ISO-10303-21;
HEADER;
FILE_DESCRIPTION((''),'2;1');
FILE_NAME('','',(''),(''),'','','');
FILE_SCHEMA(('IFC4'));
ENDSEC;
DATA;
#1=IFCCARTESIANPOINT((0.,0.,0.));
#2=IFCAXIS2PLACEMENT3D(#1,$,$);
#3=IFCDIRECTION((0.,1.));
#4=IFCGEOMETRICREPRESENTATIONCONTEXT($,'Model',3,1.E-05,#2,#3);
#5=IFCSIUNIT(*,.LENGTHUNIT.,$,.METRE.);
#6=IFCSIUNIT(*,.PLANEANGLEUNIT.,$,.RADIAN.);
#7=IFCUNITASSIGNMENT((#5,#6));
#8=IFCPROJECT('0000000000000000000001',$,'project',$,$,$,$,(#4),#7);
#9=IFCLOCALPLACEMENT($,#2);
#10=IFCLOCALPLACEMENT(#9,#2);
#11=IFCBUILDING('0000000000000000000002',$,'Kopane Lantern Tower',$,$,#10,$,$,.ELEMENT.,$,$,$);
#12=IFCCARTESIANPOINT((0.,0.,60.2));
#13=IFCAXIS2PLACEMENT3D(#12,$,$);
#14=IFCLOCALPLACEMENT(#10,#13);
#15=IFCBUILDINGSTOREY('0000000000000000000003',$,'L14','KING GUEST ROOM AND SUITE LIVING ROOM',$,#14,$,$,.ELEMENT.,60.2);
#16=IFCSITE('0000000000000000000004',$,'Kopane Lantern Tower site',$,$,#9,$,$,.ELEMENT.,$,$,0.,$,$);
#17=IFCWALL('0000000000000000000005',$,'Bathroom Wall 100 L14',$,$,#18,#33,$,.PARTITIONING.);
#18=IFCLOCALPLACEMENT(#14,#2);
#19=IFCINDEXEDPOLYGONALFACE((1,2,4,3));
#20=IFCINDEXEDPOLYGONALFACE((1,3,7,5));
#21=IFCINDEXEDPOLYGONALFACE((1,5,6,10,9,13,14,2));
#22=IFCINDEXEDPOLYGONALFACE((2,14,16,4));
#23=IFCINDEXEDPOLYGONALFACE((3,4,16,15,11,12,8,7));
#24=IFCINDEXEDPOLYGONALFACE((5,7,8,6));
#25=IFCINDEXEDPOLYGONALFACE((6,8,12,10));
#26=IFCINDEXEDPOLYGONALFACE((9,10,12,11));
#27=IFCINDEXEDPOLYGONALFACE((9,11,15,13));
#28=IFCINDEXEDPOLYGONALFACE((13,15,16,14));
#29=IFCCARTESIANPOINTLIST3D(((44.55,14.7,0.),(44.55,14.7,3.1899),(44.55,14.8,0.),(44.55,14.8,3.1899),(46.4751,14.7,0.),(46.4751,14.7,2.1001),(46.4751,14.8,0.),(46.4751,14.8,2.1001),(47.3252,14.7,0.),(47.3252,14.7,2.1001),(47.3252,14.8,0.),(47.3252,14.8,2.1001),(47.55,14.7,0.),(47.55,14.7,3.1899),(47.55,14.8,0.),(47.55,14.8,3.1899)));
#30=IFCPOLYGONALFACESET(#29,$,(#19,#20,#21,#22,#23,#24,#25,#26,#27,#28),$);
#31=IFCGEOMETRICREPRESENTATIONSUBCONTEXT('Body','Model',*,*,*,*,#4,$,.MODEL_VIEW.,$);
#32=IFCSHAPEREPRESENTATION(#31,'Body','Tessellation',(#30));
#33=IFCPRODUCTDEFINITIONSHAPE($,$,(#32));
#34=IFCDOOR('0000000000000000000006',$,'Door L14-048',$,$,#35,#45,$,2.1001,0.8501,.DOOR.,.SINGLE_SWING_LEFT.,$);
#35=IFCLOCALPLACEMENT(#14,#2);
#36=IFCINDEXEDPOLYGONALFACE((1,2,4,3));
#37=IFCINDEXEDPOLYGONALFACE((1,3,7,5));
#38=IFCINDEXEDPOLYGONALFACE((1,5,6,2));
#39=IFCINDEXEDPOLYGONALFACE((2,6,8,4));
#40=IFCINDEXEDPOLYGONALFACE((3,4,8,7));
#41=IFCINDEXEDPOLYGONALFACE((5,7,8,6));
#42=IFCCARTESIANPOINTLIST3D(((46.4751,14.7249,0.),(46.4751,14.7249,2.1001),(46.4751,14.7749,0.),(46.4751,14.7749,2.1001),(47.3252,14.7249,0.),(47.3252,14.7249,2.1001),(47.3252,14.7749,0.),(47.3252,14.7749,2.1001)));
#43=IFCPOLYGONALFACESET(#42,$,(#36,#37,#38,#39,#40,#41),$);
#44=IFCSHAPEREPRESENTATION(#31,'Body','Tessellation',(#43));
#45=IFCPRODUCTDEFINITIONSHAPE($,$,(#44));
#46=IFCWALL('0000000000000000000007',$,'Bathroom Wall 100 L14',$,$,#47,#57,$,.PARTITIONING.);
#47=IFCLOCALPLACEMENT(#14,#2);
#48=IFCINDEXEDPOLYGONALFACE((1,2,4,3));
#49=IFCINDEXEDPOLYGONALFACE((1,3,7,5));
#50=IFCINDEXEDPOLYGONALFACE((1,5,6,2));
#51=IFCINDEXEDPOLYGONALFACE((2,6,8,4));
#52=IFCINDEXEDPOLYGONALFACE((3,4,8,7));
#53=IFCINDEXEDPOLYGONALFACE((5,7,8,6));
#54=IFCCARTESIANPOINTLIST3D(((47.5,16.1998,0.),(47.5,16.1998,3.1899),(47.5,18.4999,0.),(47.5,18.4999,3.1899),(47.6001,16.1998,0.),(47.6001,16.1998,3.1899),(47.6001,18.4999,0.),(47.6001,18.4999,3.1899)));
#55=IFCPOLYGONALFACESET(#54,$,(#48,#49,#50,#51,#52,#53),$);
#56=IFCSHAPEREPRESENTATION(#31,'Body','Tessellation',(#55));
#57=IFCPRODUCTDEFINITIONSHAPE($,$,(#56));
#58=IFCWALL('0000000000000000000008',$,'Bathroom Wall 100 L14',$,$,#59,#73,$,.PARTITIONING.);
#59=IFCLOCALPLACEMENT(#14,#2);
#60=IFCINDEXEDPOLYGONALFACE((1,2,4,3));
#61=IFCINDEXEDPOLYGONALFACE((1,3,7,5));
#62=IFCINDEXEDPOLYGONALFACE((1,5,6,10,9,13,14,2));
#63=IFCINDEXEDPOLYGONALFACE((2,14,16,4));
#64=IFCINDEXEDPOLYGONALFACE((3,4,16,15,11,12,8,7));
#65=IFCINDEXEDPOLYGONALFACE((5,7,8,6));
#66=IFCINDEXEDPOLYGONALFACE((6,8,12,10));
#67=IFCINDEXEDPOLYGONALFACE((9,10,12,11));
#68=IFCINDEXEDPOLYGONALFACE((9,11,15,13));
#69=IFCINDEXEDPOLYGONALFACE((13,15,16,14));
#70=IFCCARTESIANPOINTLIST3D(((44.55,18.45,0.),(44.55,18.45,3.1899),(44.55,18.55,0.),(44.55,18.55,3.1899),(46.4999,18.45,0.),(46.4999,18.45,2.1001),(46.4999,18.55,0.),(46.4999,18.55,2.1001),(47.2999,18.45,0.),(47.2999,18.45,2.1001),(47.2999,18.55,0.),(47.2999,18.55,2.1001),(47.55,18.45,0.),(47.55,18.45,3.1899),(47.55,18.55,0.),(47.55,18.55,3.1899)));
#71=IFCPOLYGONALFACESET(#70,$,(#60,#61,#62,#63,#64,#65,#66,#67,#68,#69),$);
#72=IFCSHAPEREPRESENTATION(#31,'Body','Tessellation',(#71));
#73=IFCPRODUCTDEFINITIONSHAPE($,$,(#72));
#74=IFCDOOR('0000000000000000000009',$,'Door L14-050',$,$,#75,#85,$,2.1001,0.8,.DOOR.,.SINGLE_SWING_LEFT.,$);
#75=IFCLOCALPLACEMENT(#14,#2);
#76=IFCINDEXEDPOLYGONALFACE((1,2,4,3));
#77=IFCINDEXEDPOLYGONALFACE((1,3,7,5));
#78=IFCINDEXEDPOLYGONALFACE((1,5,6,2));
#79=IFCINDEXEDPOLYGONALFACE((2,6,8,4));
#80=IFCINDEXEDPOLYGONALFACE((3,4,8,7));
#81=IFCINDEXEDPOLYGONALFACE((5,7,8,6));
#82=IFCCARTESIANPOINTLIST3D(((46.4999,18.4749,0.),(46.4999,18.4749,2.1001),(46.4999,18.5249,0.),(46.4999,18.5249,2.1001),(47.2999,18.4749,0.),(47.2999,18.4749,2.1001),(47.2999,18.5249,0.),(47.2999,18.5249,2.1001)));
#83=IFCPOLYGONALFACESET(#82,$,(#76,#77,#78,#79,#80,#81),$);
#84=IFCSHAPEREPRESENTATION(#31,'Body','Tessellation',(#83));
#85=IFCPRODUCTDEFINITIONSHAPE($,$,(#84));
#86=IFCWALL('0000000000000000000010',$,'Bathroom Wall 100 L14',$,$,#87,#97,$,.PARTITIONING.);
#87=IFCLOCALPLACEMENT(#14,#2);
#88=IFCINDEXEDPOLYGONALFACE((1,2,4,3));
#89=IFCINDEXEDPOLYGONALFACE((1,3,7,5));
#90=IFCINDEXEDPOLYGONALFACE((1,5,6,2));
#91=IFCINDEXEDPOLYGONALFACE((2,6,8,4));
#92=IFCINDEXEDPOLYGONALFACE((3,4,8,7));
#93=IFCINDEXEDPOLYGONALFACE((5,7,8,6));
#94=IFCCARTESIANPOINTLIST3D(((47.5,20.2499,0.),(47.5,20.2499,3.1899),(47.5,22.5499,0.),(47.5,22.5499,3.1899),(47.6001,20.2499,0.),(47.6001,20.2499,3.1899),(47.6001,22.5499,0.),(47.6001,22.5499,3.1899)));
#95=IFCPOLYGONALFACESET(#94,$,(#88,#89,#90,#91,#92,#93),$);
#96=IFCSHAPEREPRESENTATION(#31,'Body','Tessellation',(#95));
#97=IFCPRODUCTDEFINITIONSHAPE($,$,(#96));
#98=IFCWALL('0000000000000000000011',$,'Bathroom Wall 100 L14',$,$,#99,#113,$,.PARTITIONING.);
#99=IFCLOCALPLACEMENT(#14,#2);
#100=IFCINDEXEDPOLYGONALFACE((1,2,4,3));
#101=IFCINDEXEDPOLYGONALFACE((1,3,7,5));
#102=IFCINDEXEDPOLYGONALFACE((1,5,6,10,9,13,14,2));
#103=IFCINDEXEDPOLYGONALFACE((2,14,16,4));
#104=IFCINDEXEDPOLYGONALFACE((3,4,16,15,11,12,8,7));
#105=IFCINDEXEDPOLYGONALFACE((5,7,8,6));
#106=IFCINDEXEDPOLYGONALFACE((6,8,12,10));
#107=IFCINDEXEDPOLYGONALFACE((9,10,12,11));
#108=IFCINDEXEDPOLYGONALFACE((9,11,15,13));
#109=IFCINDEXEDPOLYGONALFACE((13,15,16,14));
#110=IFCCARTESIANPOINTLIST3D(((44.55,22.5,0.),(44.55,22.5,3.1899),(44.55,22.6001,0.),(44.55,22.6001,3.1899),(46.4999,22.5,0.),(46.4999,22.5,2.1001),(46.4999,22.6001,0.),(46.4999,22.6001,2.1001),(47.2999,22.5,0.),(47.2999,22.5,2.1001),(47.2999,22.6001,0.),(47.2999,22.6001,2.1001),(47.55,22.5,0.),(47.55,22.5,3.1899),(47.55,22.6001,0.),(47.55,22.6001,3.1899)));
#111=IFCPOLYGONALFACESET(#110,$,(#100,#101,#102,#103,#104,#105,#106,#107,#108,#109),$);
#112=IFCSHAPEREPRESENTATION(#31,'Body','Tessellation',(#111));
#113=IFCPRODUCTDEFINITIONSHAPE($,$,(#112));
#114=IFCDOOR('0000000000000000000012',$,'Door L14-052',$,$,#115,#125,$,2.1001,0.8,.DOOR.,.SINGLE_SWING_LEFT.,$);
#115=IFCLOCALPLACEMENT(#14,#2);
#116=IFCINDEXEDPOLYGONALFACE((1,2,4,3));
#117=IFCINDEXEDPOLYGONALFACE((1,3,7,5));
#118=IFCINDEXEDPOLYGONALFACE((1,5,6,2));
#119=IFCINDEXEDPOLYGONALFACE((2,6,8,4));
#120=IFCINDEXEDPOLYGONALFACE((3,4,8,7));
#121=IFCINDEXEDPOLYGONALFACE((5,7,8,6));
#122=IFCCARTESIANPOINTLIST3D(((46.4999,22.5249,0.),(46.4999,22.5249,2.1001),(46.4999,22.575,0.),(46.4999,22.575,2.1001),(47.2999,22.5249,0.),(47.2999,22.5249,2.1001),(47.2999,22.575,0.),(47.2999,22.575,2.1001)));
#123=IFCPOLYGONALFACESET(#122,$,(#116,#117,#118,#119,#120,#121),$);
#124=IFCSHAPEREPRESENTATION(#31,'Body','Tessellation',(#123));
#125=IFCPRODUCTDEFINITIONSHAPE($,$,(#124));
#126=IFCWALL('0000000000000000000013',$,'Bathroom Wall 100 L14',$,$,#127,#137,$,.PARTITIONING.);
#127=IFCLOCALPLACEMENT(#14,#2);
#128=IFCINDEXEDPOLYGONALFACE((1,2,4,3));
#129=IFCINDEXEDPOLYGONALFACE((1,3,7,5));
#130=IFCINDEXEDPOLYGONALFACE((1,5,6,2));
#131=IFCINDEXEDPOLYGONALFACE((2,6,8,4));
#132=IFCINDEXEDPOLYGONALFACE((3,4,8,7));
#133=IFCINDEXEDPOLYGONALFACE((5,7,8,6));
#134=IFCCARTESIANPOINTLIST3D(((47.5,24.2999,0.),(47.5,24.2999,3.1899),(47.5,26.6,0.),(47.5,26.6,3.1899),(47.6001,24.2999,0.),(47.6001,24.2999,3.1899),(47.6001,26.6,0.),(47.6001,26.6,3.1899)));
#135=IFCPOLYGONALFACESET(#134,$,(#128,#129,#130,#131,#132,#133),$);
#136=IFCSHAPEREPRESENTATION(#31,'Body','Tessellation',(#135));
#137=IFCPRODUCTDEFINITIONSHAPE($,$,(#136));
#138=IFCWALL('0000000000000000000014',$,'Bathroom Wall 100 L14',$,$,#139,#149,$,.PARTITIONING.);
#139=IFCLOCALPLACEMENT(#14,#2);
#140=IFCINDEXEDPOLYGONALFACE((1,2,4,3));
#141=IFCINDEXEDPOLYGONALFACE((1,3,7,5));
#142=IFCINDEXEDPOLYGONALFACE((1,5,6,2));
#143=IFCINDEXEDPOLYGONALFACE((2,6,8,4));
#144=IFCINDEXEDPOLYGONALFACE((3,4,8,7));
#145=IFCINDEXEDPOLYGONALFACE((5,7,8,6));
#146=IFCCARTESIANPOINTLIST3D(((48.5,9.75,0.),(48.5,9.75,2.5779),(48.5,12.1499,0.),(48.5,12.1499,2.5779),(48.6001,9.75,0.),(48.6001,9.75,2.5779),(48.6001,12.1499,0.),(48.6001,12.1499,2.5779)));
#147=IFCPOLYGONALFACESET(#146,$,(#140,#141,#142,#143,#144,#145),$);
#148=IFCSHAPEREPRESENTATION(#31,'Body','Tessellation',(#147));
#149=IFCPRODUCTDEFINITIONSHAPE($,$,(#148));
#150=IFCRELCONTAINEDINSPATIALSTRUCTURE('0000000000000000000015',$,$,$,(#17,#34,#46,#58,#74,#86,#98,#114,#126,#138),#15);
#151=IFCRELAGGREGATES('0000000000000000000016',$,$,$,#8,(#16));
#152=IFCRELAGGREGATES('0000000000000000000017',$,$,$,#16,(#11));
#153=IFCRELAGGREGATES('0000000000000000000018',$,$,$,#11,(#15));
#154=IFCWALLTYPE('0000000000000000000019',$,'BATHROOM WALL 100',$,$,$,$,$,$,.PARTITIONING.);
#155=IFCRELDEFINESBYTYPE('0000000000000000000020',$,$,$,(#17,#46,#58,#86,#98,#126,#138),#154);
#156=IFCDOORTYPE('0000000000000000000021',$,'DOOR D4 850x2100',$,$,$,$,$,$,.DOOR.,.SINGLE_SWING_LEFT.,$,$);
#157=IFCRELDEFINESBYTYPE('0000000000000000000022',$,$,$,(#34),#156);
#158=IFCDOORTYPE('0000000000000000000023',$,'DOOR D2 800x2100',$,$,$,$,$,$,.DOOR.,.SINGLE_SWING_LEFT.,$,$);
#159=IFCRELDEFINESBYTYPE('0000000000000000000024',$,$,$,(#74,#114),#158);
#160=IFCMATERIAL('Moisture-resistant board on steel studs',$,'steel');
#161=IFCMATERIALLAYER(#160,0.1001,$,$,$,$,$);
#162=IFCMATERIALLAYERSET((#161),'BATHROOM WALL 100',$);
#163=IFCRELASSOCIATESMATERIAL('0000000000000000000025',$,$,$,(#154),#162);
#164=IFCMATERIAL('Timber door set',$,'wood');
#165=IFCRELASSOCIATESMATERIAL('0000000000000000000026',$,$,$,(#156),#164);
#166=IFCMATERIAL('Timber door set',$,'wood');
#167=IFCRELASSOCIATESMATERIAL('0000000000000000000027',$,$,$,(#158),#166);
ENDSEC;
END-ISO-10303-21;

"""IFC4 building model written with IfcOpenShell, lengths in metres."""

from ifc_helpers import new_model, si_unit, direction, frame, frame_2d, origin, place, context, subcontext, project, spatial, rectangle, extrude, material, layer, layer_set, type_object, element, fill, save


model = new_model("IFC4")

# Units and contexts
model_context = context("Model", 3, precision=1e-05, world=origin(), true_north=direction((0.0, 1.0)))
body_context = subcontext(model_context, "Body", "Model", "MODEL_VIEW")
ifc_project = project(units=[si_unit("LENGTHUNIT", "METRE"), si_unit("PLANEANGLEUNIT", "RADIAN")], contexts=[model_context])

# Site, building, storey
site_placement = place(None, origin())
site = spatial("IfcSite", under=ifc_project, at=site_placement, Name="Kopane Lantern Tower site", CompositionType="ELEMENT", RefElevation=0.0)
building_placement = place(site_placement, origin())
building = spatial("IfcBuilding", under=site, at=building_placement, Name="Kopane Lantern Tower", CompositionType="ELEMENT")
storey_placement = place(building_placement, frame((0.0, 0.0, 60.2)))
storey = spatial("IfcBuildingStorey", under=building, at=storey_placement, Name="L14", Description="KING GUEST ROOM AND SUITE LIVING ROOM", CompositionType="ELEMENT", Elevation=60.2)

# Wall, opening, door
ifc_material_1 = material(Name="Moisture-resistant board on steel studs", Category="steel")
ifc_layer_1 = layer(ifc_material_1, 0.1001)
ifc_layer_set_1 = layer_set([ifc_layer_1], Name="BATHROOM WALL 100")
wall_type_1 = type_object("IfcWallType", Name="BATHROOM WALL 100", PredefinedType="PARTITIONING", material=ifc_layer_set_1)
wall_1_placement = place(storey_placement, frame((44.55, 14.75, 0.0), z_axis=(0.0, 0.0, 1.0), x_axis=(1.0, 0.0, 0.0)))
wall_1 = element("IfcWall", 1, at=wall_1_placement, inside=storey, type_object=wall_type_1, Name="Bathroom Wall 100 L14", PredefinedType="PARTITIONING", context=body_context, shape_type="SweptSolid", body=[
    extrude(rectangle(XDim=3.0, YDim=0.1001, at=frame_2d((1.5, 0.0))), origin(), (0.0, 0.0, 1.0), 3.1899),
])
opening_1_placement = place(wall_1_placement, frame((1.925, 0.0, 0.0)))
opening_1 = element("IfcOpeningElement", 2, at=opening_1_placement, cuts=wall_1, PredefinedType="OPENING", context=body_context, shape_type="SweptSolid", body=[
    extrude(rectangle(XDim=0.8501, YDim=2.1001, at=frame_2d((0.425, 1.05))), frame((0.0, 0.0601, 0.0), z_axis=(0.0, -1.0, 0.0), x_axis=(1.0, 0.0, 0.0)), (0.0, 0.0, 1.0), 0.1201),
])
ifc_material_2 = material(Name="Timber door set", Category="wood")
door_type_1 = type_object("IfcDoorType", Name="DOOR D4 850x2100", OperationType="SINGLE_SWING_LEFT", PredefinedType="DOOR", material=ifc_material_2)
door_1_placement = place(opening_1_placement, origin())
door_1 = element("IfcDoor", 3, at=door_1_placement, inside=storey, type_object=door_type_1, Name="Door L14-048", OperationType="SINGLE_SWING_LEFT", OverallHeight=2.1001, OverallWidth=0.8501, PredefinedType="DOOR", context=body_context, shape_type="SweptSolid", body=[
    extrude(rectangle(XDim=0.8501, YDim=2.1001, at=frame_2d((0.425, 1.05))), frame((0.0, 0.0249, 0.0), z_axis=(0.0, -1.0, 0.0), x_axis=(1.0, 0.0, 0.0)), (0.0, 0.0, 1.0), 0.05),
])
fill(opening_1, door_1)

# Wall
wall_2_placement = place(storey_placement, frame((47.55, 16.2, 0.0), z_axis=(0.0, 0.0, 1.0), x_axis=(0.0, 1.0, 0.0)))
element("IfcWall", 4, at=wall_2_placement, inside=storey, type_object=wall_type_1, Name="Bathroom Wall 100 L14", PredefinedType="PARTITIONING", context=body_context, shape_type="SweptSolid", body=[
    extrude(rectangle(XDim=2.3, YDim=0.1001, at=frame_2d((1.1499, 0.0))), origin(), (0.0, 0.0, 1.0), 3.1899),
])

# Wall, opening, door
wall_3_placement = place(storey_placement, frame((44.55, 18.5, 0.0), z_axis=(0.0, 0.0, 1.0), x_axis=(1.0, 0.0, 0.0)))
wall_3 = element("IfcWall", 5, at=wall_3_placement, inside=storey, type_object=wall_type_1, Name="Bathroom Wall 100 L14", PredefinedType="PARTITIONING", context=body_context, shape_type="SweptSolid", body=[
    extrude(rectangle(XDim=3.0, YDim=0.1001, at=frame_2d((1.5, 0.0))), origin(), (0.0, 0.0, 1.0), 3.1899),
])
opening_2_placement = place(wall_3_placement, frame((1.95, 0.0, 0.0)))
opening_2 = element("IfcOpeningElement", 6, at=opening_2_placement, cuts=wall_3, PredefinedType="OPENING", context=body_context, shape_type="SweptSolid", body=[
    extrude(rectangle(XDim=0.8, YDim=2.1001, at=frame_2d((0.3999, 1.05))), frame((0.0, 0.0601, 0.0), z_axis=(0.0, -1.0, 0.0), x_axis=(1.0, 0.0, 0.0)), (0.0, 0.0, 1.0), 0.1201),
])
ifc_material_3 = material(Name="Timber door set", Category="wood")
door_type_2 = type_object("IfcDoorType", Name="DOOR D2 800x2100", OperationType="SINGLE_SWING_LEFT", PredefinedType="DOOR", material=ifc_material_3)
door_2_placement = place(opening_2_placement, origin())
door_2 = element("IfcDoor", 7, at=door_2_placement, inside=storey, type_object=door_type_2, Name="Door L14-050", OperationType="SINGLE_SWING_LEFT", OverallHeight=2.1001, OverallWidth=0.8, PredefinedType="DOOR", context=body_context, shape_type="SweptSolid", body=[
    extrude(rectangle(XDim=0.8, YDim=2.1001, at=frame_2d((0.3999, 1.05))), frame((0.0, 0.0249, 0.0), z_axis=(0.0, -1.0, 0.0), x_axis=(1.0, 0.0, 0.0)), (0.0, 0.0, 1.0), 0.05),
])
fill(opening_2, door_2)

# Wall
wall_4_placement = place(storey_placement, frame((47.55, 20.25, 0.0), z_axis=(0.0, 0.0, 1.0), x_axis=(0.0, 1.0, 0.0)))
element("IfcWall", 8, at=wall_4_placement, inside=storey, type_object=wall_type_1, Name="Bathroom Wall 100 L14", PredefinedType="PARTITIONING", context=body_context, shape_type="SweptSolid", body=[
    extrude(rectangle(XDim=2.3, YDim=0.1001, at=frame_2d((1.1499, 0.0))), origin(), (0.0, 0.0, 1.0), 3.1899),
])

# Wall, opening, door
wall_5_placement = place(storey_placement, frame((44.55, 22.55, 0.0), z_axis=(0.0, 0.0, 1.0), x_axis=(1.0, 0.0, 0.0)))
wall_5 = element("IfcWall", 9, at=wall_5_placement, inside=storey, type_object=wall_type_1, Name="Bathroom Wall 100 L14", PredefinedType="PARTITIONING", context=body_context, shape_type="SweptSolid", body=[
    extrude(rectangle(XDim=3.0, YDim=0.1001, at=frame_2d((1.5, 0.0))), origin(), (0.0, 0.0, 1.0), 3.1899),
])
opening_3_placement = place(wall_5_placement, frame((1.95, 0.0, 0.0)))
opening_3 = element("IfcOpeningElement", 10, at=opening_3_placement, cuts=wall_5, PredefinedType="OPENING", context=body_context, shape_type="SweptSolid", body=[
    extrude(rectangle(XDim=0.8, YDim=2.1001, at=frame_2d((0.3999, 1.05))), frame((0.0, 0.0601, 0.0), z_axis=(0.0, -1.0, 0.0), x_axis=(1.0, 0.0, 0.0)), (0.0, 0.0, 1.0), 0.1201),
])
door_3_placement = place(opening_3_placement, origin())
door_3 = element("IfcDoor", 11, at=door_3_placement, inside=storey, type_object=door_type_2, Name="Door L14-052", OperationType="SINGLE_SWING_LEFT", OverallHeight=2.1001, OverallWidth=0.8, PredefinedType="DOOR", context=body_context, shape_type="SweptSolid", body=[
    extrude(rectangle(XDim=0.8, YDim=2.1001, at=frame_2d((0.3999, 1.05))), frame((0.0, 0.0249, 0.0), z_axis=(0.0, -1.0, 0.0), x_axis=(1.0, 0.0, 0.0)), (0.0, 0.0, 1.0), 0.05),
])
fill(opening_3, door_3)

# Walls
wall_6_placement = place(storey_placement, frame((47.55, 24.3, 0.0), z_axis=(0.0, 0.0, 1.0), x_axis=(0.0, 1.0, 0.0)))
element("IfcWall", 12, at=wall_6_placement, inside=storey, type_object=wall_type_1, Name="Bathroom Wall 100 L14", PredefinedType="PARTITIONING", context=body_context, shape_type="SweptSolid", body=[
    extrude(rectangle(XDim=2.3, YDim=0.1001, at=frame_2d((1.1499, 0.0))), origin(), (0.0, 0.0, 1.0), 3.1899),
])
wall_7_placement = place(storey_placement, frame((48.55, 12.1499, 0.0), z_axis=(0.0, 0.0, 1.0), x_axis=(0.0, -1.0, 0.0)))
element("IfcWall", 13, at=wall_7_placement, inside=storey, type_object=wall_type_1, Name="Bathroom Wall 100 L14", PredefinedType="PARTITIONING", context=body_context, shape_type="SweptSolid", body=[
    extrude(rectangle(XDim=2.3999, YDim=0.1001, at=frame_2d((1.2, 0.0))), origin(), (0.0, 0.0, 1.0), 2.5779),
])

save(model, "model.ifc")
